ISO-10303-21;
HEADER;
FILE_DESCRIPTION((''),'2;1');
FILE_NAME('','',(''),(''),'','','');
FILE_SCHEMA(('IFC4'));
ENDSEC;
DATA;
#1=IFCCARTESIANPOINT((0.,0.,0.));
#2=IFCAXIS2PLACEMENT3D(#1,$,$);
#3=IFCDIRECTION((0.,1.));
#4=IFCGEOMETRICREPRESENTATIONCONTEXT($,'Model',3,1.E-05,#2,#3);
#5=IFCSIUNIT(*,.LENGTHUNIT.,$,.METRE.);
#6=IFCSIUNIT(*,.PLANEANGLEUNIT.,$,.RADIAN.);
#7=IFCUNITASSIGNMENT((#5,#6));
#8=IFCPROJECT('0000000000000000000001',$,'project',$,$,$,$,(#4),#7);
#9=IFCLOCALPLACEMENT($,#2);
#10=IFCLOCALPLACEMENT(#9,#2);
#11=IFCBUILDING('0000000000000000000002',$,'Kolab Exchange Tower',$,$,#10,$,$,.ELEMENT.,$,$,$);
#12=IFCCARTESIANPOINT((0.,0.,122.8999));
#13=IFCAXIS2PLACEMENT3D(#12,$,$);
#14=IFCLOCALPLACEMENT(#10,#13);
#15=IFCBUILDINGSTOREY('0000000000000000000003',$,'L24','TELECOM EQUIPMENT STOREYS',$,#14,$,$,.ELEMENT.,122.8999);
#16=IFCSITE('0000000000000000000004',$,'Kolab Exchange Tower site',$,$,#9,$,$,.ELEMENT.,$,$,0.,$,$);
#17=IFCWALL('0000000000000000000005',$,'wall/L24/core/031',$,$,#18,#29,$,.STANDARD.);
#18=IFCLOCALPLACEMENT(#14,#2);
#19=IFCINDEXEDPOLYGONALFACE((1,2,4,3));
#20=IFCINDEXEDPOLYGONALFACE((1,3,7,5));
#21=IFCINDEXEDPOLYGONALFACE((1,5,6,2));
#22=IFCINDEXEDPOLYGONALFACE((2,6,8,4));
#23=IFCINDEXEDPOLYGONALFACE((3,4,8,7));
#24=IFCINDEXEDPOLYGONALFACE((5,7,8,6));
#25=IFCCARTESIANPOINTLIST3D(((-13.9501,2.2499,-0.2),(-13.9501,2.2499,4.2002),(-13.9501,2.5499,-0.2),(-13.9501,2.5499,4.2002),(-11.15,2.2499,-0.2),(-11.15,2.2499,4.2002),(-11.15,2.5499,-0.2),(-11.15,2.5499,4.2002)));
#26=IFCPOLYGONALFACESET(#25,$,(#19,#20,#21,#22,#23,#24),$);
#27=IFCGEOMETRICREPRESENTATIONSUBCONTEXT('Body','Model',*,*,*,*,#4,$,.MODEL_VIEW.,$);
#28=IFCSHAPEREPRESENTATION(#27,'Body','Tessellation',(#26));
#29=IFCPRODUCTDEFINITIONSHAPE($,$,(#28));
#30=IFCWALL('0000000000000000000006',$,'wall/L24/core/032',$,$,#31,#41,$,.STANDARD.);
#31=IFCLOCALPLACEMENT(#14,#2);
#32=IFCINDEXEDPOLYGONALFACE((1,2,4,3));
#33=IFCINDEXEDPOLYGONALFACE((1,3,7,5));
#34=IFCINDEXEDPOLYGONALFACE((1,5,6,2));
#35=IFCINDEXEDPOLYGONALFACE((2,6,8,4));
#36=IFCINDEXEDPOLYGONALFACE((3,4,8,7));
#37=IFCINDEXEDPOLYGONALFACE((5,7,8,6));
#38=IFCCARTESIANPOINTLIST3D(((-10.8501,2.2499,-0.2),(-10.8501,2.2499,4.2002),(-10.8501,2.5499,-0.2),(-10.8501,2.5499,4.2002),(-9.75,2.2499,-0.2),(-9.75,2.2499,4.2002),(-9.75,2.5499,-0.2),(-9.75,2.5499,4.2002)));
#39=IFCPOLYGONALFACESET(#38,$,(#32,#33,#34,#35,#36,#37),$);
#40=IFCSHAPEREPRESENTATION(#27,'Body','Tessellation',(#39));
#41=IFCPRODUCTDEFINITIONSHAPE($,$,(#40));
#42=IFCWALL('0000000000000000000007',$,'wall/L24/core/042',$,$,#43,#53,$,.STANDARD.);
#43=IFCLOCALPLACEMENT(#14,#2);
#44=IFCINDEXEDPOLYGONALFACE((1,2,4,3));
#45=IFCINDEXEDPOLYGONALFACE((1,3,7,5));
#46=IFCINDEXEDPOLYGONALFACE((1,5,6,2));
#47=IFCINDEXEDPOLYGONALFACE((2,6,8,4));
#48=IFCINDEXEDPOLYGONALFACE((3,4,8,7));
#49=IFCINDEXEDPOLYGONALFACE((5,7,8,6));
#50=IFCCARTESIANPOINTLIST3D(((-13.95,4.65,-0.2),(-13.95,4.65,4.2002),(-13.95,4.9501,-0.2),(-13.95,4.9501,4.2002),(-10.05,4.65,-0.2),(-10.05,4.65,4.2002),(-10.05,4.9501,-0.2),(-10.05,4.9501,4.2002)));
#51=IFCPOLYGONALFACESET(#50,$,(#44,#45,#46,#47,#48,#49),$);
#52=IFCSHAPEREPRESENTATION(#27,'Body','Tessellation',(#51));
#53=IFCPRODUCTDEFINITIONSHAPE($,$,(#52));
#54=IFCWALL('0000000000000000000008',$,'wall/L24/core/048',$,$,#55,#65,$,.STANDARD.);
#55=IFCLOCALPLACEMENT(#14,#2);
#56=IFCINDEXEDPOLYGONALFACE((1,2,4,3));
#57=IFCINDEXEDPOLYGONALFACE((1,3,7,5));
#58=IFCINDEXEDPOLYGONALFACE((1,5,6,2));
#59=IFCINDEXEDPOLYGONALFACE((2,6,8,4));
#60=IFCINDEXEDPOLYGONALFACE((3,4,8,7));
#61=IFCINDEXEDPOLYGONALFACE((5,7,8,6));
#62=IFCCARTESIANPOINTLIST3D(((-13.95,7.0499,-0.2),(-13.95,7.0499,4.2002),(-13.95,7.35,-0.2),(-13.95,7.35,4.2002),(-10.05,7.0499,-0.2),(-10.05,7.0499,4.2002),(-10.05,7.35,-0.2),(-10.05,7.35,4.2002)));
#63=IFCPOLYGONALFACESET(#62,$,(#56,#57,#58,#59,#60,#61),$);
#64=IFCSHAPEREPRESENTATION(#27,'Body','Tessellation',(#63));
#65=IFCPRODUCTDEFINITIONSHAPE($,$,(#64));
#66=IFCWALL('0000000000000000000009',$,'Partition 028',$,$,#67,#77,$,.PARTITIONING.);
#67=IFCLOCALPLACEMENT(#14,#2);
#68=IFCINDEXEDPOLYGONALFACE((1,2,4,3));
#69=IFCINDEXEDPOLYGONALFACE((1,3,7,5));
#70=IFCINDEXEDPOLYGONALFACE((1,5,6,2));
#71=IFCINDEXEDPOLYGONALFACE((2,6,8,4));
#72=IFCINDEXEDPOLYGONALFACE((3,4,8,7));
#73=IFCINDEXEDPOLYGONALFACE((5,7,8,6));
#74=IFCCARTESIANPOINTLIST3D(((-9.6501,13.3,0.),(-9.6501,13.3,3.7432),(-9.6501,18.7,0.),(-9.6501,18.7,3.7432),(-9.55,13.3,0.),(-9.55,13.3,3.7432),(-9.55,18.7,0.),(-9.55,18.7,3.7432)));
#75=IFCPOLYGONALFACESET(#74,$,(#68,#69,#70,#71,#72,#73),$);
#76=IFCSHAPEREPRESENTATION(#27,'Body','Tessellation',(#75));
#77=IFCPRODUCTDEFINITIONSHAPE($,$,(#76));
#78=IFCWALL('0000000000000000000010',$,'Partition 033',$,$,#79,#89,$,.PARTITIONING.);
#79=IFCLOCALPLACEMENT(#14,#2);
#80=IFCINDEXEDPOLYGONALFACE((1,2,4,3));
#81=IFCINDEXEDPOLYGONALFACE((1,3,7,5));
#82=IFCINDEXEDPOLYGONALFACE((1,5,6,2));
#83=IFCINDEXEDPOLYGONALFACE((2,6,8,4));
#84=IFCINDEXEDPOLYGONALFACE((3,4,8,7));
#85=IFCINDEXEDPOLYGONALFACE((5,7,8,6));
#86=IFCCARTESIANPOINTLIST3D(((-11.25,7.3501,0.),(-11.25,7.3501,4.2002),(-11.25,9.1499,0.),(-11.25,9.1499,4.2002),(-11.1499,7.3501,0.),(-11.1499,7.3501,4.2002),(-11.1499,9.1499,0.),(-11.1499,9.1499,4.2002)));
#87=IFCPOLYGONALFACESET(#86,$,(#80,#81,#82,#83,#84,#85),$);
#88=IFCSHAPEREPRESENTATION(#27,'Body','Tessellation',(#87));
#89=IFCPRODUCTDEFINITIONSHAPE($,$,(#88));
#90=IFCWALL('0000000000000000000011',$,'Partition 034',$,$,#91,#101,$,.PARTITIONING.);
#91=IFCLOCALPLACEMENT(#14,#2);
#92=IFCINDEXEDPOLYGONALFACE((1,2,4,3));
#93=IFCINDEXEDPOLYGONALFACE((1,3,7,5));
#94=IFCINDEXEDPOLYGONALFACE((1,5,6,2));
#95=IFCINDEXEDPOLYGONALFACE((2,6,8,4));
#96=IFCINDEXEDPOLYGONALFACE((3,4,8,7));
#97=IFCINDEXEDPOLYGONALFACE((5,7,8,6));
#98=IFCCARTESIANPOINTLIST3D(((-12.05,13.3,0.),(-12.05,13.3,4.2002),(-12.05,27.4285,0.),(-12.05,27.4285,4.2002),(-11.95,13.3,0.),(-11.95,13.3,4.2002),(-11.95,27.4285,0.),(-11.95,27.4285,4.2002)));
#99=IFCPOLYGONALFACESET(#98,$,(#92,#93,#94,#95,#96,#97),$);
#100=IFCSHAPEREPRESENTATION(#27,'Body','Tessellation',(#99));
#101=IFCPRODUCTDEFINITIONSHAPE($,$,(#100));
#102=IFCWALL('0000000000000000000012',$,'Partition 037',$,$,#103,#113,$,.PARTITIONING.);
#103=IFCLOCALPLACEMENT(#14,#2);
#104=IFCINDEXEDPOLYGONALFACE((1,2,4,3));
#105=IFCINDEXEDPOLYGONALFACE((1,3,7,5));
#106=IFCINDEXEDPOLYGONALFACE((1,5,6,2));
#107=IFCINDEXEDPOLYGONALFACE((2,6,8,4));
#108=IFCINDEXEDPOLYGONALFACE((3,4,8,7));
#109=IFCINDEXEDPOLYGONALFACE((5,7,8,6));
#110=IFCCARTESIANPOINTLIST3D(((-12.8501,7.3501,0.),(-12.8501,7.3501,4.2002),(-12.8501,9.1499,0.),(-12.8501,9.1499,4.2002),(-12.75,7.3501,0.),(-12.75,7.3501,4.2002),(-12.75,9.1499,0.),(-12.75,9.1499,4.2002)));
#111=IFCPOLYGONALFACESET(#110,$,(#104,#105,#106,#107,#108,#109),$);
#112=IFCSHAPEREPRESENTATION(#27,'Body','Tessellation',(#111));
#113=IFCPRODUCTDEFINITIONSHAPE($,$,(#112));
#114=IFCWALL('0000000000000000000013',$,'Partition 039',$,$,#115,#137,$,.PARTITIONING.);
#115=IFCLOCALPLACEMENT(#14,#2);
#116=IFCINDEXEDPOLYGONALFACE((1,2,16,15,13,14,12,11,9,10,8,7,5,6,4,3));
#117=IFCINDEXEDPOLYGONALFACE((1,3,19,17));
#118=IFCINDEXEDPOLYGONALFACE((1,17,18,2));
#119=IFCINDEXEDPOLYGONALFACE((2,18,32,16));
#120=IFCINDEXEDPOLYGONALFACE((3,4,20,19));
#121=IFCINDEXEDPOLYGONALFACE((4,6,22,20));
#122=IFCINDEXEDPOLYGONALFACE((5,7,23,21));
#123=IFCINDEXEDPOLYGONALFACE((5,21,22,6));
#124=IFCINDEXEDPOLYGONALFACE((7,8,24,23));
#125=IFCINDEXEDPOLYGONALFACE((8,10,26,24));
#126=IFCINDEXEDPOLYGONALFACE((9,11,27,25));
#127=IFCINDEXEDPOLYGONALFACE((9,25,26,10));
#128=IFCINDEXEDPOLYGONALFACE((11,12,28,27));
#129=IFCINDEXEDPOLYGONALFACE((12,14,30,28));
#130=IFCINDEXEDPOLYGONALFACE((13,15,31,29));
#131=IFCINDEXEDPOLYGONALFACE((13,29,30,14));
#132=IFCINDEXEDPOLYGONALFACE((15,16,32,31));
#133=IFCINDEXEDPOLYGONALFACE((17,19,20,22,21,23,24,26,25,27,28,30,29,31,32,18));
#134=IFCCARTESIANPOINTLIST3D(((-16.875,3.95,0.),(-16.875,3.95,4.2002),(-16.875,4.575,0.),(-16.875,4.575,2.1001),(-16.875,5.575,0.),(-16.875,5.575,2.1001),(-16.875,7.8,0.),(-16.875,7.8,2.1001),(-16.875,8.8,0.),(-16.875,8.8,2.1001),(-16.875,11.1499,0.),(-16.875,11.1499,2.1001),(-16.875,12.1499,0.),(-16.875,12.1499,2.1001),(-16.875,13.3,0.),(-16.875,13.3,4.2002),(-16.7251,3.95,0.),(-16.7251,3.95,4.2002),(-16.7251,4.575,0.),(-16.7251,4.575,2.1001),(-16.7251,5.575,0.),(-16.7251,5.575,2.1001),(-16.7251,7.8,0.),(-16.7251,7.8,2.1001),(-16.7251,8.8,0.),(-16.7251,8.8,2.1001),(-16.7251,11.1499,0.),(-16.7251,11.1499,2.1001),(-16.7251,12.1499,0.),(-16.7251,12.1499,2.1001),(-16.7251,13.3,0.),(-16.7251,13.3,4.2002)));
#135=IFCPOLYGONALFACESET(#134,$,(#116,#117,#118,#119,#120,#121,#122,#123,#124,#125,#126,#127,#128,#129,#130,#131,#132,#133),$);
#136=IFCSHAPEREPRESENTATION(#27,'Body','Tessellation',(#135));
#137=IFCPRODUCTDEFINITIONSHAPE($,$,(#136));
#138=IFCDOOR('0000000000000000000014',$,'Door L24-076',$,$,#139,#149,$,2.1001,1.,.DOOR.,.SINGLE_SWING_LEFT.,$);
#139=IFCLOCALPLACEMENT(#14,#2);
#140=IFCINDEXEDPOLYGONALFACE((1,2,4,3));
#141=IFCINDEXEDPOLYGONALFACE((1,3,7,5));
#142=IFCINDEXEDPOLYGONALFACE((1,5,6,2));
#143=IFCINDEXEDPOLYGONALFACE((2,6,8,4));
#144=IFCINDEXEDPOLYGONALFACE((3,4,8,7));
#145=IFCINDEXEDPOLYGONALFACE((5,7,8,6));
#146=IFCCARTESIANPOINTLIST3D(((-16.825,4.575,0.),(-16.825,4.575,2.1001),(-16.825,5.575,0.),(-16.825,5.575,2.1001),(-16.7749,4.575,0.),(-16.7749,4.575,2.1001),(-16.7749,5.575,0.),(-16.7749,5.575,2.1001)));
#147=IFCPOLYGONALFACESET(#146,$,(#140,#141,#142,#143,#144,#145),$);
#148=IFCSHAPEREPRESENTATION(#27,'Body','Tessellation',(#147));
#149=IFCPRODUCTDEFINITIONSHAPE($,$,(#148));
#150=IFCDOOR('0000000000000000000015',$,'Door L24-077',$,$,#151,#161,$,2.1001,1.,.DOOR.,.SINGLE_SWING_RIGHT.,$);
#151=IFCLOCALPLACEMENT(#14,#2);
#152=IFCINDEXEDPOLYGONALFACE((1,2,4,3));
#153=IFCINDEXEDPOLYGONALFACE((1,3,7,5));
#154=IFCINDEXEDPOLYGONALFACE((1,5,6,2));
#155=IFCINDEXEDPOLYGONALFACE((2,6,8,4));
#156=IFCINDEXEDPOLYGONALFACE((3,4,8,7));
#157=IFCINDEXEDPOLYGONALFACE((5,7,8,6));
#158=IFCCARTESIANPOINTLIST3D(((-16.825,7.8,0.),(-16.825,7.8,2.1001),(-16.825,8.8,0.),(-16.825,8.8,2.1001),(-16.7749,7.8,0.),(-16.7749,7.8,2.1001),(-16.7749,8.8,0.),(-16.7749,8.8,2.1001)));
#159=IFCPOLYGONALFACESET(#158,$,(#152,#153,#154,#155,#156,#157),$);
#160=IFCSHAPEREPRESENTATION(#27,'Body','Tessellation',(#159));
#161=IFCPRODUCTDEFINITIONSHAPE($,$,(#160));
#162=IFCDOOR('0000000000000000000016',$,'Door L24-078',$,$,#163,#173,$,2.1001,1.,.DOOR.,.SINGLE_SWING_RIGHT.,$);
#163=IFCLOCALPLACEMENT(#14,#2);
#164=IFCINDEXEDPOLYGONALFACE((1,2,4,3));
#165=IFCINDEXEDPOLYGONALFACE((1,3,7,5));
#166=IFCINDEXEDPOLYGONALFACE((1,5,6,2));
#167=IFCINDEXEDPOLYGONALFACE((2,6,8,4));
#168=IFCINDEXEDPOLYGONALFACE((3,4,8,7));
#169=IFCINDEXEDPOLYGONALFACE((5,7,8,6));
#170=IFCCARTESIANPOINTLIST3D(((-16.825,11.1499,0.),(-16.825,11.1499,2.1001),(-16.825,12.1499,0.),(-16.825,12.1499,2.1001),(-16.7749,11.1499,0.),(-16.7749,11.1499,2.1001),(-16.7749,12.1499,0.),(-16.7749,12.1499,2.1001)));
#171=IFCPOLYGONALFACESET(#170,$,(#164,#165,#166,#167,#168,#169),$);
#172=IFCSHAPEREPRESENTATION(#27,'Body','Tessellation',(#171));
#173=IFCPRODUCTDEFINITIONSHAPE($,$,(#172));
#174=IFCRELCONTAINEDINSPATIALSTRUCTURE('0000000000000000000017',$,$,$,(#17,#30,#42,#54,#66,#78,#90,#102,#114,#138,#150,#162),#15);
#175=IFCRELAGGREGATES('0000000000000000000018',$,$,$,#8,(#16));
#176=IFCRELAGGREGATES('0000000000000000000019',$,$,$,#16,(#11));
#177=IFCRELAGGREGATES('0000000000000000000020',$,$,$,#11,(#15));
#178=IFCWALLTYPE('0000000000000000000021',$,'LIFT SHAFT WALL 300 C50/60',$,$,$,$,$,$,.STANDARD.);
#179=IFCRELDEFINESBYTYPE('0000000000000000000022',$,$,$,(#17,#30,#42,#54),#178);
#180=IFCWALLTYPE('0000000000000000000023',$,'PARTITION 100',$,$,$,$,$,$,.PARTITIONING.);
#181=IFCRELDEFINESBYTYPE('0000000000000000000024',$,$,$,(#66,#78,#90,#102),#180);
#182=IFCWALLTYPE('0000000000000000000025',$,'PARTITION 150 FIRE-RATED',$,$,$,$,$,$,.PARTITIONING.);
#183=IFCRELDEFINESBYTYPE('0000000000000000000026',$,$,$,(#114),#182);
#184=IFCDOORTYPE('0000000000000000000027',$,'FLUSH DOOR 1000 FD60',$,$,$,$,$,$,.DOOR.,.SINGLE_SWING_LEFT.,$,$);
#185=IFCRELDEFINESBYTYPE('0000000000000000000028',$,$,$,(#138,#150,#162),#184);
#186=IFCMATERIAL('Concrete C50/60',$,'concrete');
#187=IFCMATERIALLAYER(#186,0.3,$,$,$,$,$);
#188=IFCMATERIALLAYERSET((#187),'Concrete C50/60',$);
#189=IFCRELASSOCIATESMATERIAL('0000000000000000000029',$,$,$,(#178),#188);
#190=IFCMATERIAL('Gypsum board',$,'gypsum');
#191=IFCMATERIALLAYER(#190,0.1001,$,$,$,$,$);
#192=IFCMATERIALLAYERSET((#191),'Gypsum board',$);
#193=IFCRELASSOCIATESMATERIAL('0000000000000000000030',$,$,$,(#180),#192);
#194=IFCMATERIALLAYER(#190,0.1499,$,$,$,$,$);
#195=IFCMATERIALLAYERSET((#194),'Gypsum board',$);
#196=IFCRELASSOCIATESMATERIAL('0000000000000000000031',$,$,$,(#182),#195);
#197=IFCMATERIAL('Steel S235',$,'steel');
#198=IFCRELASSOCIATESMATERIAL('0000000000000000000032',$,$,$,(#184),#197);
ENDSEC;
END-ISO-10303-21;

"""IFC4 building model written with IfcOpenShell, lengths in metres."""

from ifc_helpers import new_model, si_unit, direction, frame, frame_2d, origin, place, context, subcontext, project, spatial, rectangle, extrude, material, layer, layer_set, type_object, element, fill, save


model = new_model("IFC4")

# Units and contexts
model_context = context("Model", 3, precision=1e-05, world=origin(), true_north=direction((0.0, 1.0)))
body_context = subcontext(model_context, "Body", "Model", "MODEL_VIEW")
ifc_project = project(units=[si_unit("LENGTHUNIT", "METRE"), si_unit("PLANEANGLEUNIT", "RADIAN")], contexts=[model_context])

# Site, building, storey
site_placement = place(None, origin())
site = spatial("IfcSite", under=ifc_project, at=site_placement, Name="Kolab Exchange Tower site", CompositionType="ELEMENT", RefElevation=0.0)
building_placement = place(site_placement, origin())
building = spatial("IfcBuilding", under=site, at=building_placement, Name="Kolab Exchange Tower", CompositionType="ELEMENT")
storey_placement = place(building_placement, frame((0.0, 0.0, 122.8999)))
storey = spatial("IfcBuildingStorey", under=building, at=storey_placement, Name="L24", Description="TELECOM EQUIPMENT STOREYS", CompositionType="ELEMENT", Elevation=122.8999)

# Shared definitions
ifc_material_1 = material(Name="Steel S235", Category="steel")

# Walls
ifc_material_2 = material(Name="Concrete C50/60", Category="concrete")
ifc_layer_1 = layer(ifc_material_2, 0.3)
ifc_layer_set_1 = layer_set([ifc_layer_1], Name="Concrete C50/60")
wall_type_1 = type_object("IfcWallType", Name="LIFT SHAFT WALL 300 C50/60", PredefinedType="STANDARD", material=ifc_layer_set_1)
wall_1_placement = place(storey_placement, frame((-13.95, 2.3999, -0.2), z_axis=(0.0, 0.0, 1.0), x_axis=(1.0, 0.0, 0.0)))
element("IfcWall", 1, at=wall_1_placement, inside=storey, type_object=wall_type_1, Name="wall/L24/core/031", PredefinedType="STANDARD", context=body_context, shape_type="SweptSolid", body=[
    extrude(rectangle(XDim=2.8, YDim=0.3, at=frame_2d((1.3999, 0.0))), origin(), (0.0, 0.0, 1.0), 4.4001),
])
wall_2_placement = place(storey_placement, frame((-10.8501, 2.3999, -0.2), z_axis=(0.0, 0.0, 1.0), x_axis=(1.0, 0.0, 0.0)))
element("IfcWall", 2, at=wall_2_placement, inside=storey, type_object=wall_type_1, Name="wall/L24/core/032", PredefinedType="STANDARD", context=body_context, shape_type="SweptSolid", body=[
    extrude(rectangle(XDim=1.1001, YDim=0.3, at=frame_2d((0.55, 0.0))), origin(), (0.0, 0.0, 1.0), 4.4001),
])
for number, where, z_axis, x_axis, name in (
    (3, (-13.95, 4.8, -0.2), (0.0, 0.0, 1.0), (1.0, 0.0, 0.0), "wall/L24/core/042"),
    (4, (-13.95, 7.2, -0.2), (0.0, 0.0, 1.0), (1.0, 0.0, 0.0), "wall/L24/core/048"),
):
    element("IfcWall", number, at=place(storey_placement, frame(where, z_axis=z_axis, x_axis=x_axis)), inside=storey, type_object=wall_type_1, Name=name, PredefinedType="STANDARD", context=body_context, shape_type="SweptSolid", body=[
        extrude(rectangle(XDim=3.8999, YDim=0.3, at=frame_2d((1.95, 0.0))), origin(), (0.0, 0.0, 1.0), 4.4001),
    ])
ifc_material_3 = material(Name="Gypsum board", Category="gypsum")
ifc_layer_2 = layer(ifc_material_3, 0.1001)
ifc_layer_set_2 = layer_set([ifc_layer_2], Name="Gypsum board")
wall_type_2 = type_object("IfcWallType", Name="PARTITION 100", PredefinedType="PARTITIONING", material=ifc_layer_set_2)
wall_3_placement = place(storey_placement, frame((-9.6001, 13.3, 0.0), z_axis=(0.0, 0.0, 1.0), x_axis=(0.0, 1.0, 0.0)))
element("IfcWall", 5, at=wall_3_placement, inside=storey, type_object=wall_type_2, Name="Partition 028", PredefinedType="PARTITIONING", context=body_context, shape_type="SweptSolid", body=[
    extrude(rectangle(XDim=5.3999, YDim=0.1001, at=frame_2d((2.7, 0.0))), origin(), (0.0, 0.0, 1.0), 3.7432),
])
wall_4_placement = place(storey_placement, frame((-11.2, 7.3501, 0.0), z_axis=(0.0, 0.0, 1.0), x_axis=(0.0, 1.0, 0.0)))
element("IfcWall", 6, at=wall_4_placement, inside=storey, type_object=wall_type_2, Name="Partition 033", PredefinedType="PARTITIONING", context=body_context, shape_type="SweptSolid", body=[
    extrude(rectangle(XDim=1.7998, YDim=0.1001, at=frame_2d((0.8999, 0.0))), origin(), (0.0, 0.0, 1.0), 4.2002),
])
wall_5_placement = place(storey_placement, frame((-12.0, 13.3, 0.0), z_axis=(0.0, 0.0, 1.0), x_axis=(0.0, 1.0, 0.0)))
element("IfcWall", 7, at=wall_5_placement, inside=storey, type_object=wall_type_2, Name="Partition 034", PredefinedType="PARTITIONING", context=body_context, shape_type="SweptSolid", body=[
    extrude(rectangle(XDim=14.1284, YDim=0.1001, at=frame_2d((7.0642, 0.0))), origin(), (0.0, 0.0, 1.0), 4.2002),
])
wall_6_placement = place(storey_placement, frame((-12.8, 7.3501, 0.0), z_axis=(0.0, 0.0, 1.0), x_axis=(0.0, 1.0, 0.0)))
element("IfcWall", 8, at=wall_6_placement, inside=storey, type_object=wall_type_2, Name="Partition 037", PredefinedType="PARTITIONING", context=body_context, shape_type="SweptSolid", body=[
    extrude(rectangle(XDim=1.7998, YDim=0.1001, at=frame_2d((0.8999, 0.0))), origin(), (0.0, 0.0, 1.0), 4.2002),
])

# Wall, openings, doors
ifc_layer_3 = layer(ifc_material_3, 0.1499)
ifc_layer_set_3 = layer_set([ifc_layer_3], Name="Gypsum board")
wall_type_3 = type_object("IfcWallType", Name="PARTITION 150 FIRE-RATED", PredefinedType="PARTITIONING", material=ifc_layer_set_3)
wall_7_placement = place(storey_placement, frame((-16.8, 3.95, 0.0), z_axis=(0.0, 0.0, 1.0), x_axis=(0.0, 1.0, 0.0)))
wall_7 = element("IfcWall", 9, at=wall_7_placement, inside=storey, type_object=wall_type_3, Name="Partition 039", PredefinedType="PARTITIONING", context=body_context, shape_type="SweptSolid", body=[
    extrude(rectangle(XDim=9.3501, YDim=0.1499, at=frame_2d((4.675, 0.0))), origin(), (0.0, 0.0, 1.0), 4.2002),
])
opening_1_placement = place(wall_7_placement, frame((0.625, 0.0, 0.0)))
opening_1 = element("IfcOpeningElement", 10, at=opening_1_placement, cuts=wall_7, PredefinedType="OPENING", context=body_context, shape_type="SweptSolid", body=[
    extrude(rectangle(XDim=1.0, YDim=2.1001, at=frame_2d((0.5, 1.05))), frame((0.0, 0.085, 0.0), z_axis=(0.0, -1.0, 0.0), x_axis=(1.0, 0.0, 0.0)), (0.0, 0.0, 1.0), 0.1699),
])
opening_2_placement = place(wall_7_placement, frame((3.8501, 0.0, 0.0)))
opening_2 = element("IfcOpeningElement", 11, at=opening_2_placement, cuts=wall_7, PredefinedType="OPENING", context=body_context, shape_type="SweptSolid", body=[
    extrude(rectangle(XDim=1.0, YDim=2.1001, at=frame_2d((0.5, 1.05))), frame((0.0, 0.085, 0.0), z_axis=(0.0, -1.0, 0.0), x_axis=(1.0, 0.0, 0.0)), (0.0, 0.0, 1.0), 0.1699),
])
opening_3_placement = place(wall_7_placement, frame((7.2, 0.0, 0.0)))
opening_3 = element("IfcOpeningElement", 12, at=opening_3_placement, cuts=wall_7, PredefinedType="OPENING", context=body_context, shape_type="SweptSolid", body=[
    extrude(rectangle(XDim=1.0, YDim=2.1001, at=frame_2d((0.5, 1.05))), frame((0.0, 0.085, 0.0), z_axis=(0.0, -1.0, 0.0), x_axis=(1.0, 0.0, 0.0)), (0.0, 0.0, 1.0), 0.1699),
])
door_type_1 = type_object("IfcDoorType", Name="FLUSH DOOR 1000 FD60", OperationType="SINGLE_SWING_LEFT", PredefinedType="DOOR", material=ifc_material_1)
door_1_placement = place(opening_1_placement, origin())
door_1 = element("IfcDoor", 13, at=door_1_placement, inside=storey, type_object=door_type_1, Name="Door L24-076", OperationType="SINGLE_SWING_LEFT", OverallHeight=2.1001, OverallWidth=1.0, PredefinedType="DOOR", context=body_context, shape_type="SweptSolid", body=[
    extrude(rectangle(XDim=1.0, YDim=2.1001, at=frame_2d((0.5, 1.05))), frame((0.0, 0.0249, 0.0), z_axis=(0.0, -1.0, 0.0), x_axis=(1.0, 0.0, 0.0)), (0.0, 0.0, 1.0), 0.05),
])
fill(opening_1, door_1)
door_2_placement = place(opening_2_placement, origin())
door_2 = element("IfcDoor", 14, at=door_2_placement, inside=storey, type_object=door_type_1, Name="Door L24-077", OperationType="SINGLE_SWING_RIGHT", OverallHeight=2.1001, OverallWidth=1.0, PredefinedType="DOOR", context=body_context, shape_type="SweptSolid", body=[
    extrude(rectangle(XDim=1.0, YDim=2.1001, at=frame_2d((0.5, 1.05))), frame((0.0, 0.0249, 0.0), z_axis=(0.0, -1.0, 0.0), x_axis=(1.0, 0.0, 0.0)), (0.0, 0.0, 1.0), 0.05),
])
fill(opening_2, door_2)
door_3_placement = place(opening_3_placement, origin())
door_3 = element("IfcDoor", 15, at=door_3_placement, inside=storey, type_object=door_type_1, Name="Door L24-078", OperationType="SINGLE_SWING_RIGHT", OverallHeight=2.1001, OverallWidth=1.0, PredefinedType="DOOR", context=body_context, shape_type="SweptSolid", body=[
    extrude(rectangle(XDim=1.0, YDim=2.1001, at=frame_2d((0.5, 1.05))), frame((0.0, 0.0249, 0.0), z_axis=(0.0, -1.0, 0.0), x_axis=(1.0, 0.0, 0.0)), (0.0, 0.0, 1.0), 0.05),
])
fill(opening_3, door_3)

save(model, "model.ifc")
